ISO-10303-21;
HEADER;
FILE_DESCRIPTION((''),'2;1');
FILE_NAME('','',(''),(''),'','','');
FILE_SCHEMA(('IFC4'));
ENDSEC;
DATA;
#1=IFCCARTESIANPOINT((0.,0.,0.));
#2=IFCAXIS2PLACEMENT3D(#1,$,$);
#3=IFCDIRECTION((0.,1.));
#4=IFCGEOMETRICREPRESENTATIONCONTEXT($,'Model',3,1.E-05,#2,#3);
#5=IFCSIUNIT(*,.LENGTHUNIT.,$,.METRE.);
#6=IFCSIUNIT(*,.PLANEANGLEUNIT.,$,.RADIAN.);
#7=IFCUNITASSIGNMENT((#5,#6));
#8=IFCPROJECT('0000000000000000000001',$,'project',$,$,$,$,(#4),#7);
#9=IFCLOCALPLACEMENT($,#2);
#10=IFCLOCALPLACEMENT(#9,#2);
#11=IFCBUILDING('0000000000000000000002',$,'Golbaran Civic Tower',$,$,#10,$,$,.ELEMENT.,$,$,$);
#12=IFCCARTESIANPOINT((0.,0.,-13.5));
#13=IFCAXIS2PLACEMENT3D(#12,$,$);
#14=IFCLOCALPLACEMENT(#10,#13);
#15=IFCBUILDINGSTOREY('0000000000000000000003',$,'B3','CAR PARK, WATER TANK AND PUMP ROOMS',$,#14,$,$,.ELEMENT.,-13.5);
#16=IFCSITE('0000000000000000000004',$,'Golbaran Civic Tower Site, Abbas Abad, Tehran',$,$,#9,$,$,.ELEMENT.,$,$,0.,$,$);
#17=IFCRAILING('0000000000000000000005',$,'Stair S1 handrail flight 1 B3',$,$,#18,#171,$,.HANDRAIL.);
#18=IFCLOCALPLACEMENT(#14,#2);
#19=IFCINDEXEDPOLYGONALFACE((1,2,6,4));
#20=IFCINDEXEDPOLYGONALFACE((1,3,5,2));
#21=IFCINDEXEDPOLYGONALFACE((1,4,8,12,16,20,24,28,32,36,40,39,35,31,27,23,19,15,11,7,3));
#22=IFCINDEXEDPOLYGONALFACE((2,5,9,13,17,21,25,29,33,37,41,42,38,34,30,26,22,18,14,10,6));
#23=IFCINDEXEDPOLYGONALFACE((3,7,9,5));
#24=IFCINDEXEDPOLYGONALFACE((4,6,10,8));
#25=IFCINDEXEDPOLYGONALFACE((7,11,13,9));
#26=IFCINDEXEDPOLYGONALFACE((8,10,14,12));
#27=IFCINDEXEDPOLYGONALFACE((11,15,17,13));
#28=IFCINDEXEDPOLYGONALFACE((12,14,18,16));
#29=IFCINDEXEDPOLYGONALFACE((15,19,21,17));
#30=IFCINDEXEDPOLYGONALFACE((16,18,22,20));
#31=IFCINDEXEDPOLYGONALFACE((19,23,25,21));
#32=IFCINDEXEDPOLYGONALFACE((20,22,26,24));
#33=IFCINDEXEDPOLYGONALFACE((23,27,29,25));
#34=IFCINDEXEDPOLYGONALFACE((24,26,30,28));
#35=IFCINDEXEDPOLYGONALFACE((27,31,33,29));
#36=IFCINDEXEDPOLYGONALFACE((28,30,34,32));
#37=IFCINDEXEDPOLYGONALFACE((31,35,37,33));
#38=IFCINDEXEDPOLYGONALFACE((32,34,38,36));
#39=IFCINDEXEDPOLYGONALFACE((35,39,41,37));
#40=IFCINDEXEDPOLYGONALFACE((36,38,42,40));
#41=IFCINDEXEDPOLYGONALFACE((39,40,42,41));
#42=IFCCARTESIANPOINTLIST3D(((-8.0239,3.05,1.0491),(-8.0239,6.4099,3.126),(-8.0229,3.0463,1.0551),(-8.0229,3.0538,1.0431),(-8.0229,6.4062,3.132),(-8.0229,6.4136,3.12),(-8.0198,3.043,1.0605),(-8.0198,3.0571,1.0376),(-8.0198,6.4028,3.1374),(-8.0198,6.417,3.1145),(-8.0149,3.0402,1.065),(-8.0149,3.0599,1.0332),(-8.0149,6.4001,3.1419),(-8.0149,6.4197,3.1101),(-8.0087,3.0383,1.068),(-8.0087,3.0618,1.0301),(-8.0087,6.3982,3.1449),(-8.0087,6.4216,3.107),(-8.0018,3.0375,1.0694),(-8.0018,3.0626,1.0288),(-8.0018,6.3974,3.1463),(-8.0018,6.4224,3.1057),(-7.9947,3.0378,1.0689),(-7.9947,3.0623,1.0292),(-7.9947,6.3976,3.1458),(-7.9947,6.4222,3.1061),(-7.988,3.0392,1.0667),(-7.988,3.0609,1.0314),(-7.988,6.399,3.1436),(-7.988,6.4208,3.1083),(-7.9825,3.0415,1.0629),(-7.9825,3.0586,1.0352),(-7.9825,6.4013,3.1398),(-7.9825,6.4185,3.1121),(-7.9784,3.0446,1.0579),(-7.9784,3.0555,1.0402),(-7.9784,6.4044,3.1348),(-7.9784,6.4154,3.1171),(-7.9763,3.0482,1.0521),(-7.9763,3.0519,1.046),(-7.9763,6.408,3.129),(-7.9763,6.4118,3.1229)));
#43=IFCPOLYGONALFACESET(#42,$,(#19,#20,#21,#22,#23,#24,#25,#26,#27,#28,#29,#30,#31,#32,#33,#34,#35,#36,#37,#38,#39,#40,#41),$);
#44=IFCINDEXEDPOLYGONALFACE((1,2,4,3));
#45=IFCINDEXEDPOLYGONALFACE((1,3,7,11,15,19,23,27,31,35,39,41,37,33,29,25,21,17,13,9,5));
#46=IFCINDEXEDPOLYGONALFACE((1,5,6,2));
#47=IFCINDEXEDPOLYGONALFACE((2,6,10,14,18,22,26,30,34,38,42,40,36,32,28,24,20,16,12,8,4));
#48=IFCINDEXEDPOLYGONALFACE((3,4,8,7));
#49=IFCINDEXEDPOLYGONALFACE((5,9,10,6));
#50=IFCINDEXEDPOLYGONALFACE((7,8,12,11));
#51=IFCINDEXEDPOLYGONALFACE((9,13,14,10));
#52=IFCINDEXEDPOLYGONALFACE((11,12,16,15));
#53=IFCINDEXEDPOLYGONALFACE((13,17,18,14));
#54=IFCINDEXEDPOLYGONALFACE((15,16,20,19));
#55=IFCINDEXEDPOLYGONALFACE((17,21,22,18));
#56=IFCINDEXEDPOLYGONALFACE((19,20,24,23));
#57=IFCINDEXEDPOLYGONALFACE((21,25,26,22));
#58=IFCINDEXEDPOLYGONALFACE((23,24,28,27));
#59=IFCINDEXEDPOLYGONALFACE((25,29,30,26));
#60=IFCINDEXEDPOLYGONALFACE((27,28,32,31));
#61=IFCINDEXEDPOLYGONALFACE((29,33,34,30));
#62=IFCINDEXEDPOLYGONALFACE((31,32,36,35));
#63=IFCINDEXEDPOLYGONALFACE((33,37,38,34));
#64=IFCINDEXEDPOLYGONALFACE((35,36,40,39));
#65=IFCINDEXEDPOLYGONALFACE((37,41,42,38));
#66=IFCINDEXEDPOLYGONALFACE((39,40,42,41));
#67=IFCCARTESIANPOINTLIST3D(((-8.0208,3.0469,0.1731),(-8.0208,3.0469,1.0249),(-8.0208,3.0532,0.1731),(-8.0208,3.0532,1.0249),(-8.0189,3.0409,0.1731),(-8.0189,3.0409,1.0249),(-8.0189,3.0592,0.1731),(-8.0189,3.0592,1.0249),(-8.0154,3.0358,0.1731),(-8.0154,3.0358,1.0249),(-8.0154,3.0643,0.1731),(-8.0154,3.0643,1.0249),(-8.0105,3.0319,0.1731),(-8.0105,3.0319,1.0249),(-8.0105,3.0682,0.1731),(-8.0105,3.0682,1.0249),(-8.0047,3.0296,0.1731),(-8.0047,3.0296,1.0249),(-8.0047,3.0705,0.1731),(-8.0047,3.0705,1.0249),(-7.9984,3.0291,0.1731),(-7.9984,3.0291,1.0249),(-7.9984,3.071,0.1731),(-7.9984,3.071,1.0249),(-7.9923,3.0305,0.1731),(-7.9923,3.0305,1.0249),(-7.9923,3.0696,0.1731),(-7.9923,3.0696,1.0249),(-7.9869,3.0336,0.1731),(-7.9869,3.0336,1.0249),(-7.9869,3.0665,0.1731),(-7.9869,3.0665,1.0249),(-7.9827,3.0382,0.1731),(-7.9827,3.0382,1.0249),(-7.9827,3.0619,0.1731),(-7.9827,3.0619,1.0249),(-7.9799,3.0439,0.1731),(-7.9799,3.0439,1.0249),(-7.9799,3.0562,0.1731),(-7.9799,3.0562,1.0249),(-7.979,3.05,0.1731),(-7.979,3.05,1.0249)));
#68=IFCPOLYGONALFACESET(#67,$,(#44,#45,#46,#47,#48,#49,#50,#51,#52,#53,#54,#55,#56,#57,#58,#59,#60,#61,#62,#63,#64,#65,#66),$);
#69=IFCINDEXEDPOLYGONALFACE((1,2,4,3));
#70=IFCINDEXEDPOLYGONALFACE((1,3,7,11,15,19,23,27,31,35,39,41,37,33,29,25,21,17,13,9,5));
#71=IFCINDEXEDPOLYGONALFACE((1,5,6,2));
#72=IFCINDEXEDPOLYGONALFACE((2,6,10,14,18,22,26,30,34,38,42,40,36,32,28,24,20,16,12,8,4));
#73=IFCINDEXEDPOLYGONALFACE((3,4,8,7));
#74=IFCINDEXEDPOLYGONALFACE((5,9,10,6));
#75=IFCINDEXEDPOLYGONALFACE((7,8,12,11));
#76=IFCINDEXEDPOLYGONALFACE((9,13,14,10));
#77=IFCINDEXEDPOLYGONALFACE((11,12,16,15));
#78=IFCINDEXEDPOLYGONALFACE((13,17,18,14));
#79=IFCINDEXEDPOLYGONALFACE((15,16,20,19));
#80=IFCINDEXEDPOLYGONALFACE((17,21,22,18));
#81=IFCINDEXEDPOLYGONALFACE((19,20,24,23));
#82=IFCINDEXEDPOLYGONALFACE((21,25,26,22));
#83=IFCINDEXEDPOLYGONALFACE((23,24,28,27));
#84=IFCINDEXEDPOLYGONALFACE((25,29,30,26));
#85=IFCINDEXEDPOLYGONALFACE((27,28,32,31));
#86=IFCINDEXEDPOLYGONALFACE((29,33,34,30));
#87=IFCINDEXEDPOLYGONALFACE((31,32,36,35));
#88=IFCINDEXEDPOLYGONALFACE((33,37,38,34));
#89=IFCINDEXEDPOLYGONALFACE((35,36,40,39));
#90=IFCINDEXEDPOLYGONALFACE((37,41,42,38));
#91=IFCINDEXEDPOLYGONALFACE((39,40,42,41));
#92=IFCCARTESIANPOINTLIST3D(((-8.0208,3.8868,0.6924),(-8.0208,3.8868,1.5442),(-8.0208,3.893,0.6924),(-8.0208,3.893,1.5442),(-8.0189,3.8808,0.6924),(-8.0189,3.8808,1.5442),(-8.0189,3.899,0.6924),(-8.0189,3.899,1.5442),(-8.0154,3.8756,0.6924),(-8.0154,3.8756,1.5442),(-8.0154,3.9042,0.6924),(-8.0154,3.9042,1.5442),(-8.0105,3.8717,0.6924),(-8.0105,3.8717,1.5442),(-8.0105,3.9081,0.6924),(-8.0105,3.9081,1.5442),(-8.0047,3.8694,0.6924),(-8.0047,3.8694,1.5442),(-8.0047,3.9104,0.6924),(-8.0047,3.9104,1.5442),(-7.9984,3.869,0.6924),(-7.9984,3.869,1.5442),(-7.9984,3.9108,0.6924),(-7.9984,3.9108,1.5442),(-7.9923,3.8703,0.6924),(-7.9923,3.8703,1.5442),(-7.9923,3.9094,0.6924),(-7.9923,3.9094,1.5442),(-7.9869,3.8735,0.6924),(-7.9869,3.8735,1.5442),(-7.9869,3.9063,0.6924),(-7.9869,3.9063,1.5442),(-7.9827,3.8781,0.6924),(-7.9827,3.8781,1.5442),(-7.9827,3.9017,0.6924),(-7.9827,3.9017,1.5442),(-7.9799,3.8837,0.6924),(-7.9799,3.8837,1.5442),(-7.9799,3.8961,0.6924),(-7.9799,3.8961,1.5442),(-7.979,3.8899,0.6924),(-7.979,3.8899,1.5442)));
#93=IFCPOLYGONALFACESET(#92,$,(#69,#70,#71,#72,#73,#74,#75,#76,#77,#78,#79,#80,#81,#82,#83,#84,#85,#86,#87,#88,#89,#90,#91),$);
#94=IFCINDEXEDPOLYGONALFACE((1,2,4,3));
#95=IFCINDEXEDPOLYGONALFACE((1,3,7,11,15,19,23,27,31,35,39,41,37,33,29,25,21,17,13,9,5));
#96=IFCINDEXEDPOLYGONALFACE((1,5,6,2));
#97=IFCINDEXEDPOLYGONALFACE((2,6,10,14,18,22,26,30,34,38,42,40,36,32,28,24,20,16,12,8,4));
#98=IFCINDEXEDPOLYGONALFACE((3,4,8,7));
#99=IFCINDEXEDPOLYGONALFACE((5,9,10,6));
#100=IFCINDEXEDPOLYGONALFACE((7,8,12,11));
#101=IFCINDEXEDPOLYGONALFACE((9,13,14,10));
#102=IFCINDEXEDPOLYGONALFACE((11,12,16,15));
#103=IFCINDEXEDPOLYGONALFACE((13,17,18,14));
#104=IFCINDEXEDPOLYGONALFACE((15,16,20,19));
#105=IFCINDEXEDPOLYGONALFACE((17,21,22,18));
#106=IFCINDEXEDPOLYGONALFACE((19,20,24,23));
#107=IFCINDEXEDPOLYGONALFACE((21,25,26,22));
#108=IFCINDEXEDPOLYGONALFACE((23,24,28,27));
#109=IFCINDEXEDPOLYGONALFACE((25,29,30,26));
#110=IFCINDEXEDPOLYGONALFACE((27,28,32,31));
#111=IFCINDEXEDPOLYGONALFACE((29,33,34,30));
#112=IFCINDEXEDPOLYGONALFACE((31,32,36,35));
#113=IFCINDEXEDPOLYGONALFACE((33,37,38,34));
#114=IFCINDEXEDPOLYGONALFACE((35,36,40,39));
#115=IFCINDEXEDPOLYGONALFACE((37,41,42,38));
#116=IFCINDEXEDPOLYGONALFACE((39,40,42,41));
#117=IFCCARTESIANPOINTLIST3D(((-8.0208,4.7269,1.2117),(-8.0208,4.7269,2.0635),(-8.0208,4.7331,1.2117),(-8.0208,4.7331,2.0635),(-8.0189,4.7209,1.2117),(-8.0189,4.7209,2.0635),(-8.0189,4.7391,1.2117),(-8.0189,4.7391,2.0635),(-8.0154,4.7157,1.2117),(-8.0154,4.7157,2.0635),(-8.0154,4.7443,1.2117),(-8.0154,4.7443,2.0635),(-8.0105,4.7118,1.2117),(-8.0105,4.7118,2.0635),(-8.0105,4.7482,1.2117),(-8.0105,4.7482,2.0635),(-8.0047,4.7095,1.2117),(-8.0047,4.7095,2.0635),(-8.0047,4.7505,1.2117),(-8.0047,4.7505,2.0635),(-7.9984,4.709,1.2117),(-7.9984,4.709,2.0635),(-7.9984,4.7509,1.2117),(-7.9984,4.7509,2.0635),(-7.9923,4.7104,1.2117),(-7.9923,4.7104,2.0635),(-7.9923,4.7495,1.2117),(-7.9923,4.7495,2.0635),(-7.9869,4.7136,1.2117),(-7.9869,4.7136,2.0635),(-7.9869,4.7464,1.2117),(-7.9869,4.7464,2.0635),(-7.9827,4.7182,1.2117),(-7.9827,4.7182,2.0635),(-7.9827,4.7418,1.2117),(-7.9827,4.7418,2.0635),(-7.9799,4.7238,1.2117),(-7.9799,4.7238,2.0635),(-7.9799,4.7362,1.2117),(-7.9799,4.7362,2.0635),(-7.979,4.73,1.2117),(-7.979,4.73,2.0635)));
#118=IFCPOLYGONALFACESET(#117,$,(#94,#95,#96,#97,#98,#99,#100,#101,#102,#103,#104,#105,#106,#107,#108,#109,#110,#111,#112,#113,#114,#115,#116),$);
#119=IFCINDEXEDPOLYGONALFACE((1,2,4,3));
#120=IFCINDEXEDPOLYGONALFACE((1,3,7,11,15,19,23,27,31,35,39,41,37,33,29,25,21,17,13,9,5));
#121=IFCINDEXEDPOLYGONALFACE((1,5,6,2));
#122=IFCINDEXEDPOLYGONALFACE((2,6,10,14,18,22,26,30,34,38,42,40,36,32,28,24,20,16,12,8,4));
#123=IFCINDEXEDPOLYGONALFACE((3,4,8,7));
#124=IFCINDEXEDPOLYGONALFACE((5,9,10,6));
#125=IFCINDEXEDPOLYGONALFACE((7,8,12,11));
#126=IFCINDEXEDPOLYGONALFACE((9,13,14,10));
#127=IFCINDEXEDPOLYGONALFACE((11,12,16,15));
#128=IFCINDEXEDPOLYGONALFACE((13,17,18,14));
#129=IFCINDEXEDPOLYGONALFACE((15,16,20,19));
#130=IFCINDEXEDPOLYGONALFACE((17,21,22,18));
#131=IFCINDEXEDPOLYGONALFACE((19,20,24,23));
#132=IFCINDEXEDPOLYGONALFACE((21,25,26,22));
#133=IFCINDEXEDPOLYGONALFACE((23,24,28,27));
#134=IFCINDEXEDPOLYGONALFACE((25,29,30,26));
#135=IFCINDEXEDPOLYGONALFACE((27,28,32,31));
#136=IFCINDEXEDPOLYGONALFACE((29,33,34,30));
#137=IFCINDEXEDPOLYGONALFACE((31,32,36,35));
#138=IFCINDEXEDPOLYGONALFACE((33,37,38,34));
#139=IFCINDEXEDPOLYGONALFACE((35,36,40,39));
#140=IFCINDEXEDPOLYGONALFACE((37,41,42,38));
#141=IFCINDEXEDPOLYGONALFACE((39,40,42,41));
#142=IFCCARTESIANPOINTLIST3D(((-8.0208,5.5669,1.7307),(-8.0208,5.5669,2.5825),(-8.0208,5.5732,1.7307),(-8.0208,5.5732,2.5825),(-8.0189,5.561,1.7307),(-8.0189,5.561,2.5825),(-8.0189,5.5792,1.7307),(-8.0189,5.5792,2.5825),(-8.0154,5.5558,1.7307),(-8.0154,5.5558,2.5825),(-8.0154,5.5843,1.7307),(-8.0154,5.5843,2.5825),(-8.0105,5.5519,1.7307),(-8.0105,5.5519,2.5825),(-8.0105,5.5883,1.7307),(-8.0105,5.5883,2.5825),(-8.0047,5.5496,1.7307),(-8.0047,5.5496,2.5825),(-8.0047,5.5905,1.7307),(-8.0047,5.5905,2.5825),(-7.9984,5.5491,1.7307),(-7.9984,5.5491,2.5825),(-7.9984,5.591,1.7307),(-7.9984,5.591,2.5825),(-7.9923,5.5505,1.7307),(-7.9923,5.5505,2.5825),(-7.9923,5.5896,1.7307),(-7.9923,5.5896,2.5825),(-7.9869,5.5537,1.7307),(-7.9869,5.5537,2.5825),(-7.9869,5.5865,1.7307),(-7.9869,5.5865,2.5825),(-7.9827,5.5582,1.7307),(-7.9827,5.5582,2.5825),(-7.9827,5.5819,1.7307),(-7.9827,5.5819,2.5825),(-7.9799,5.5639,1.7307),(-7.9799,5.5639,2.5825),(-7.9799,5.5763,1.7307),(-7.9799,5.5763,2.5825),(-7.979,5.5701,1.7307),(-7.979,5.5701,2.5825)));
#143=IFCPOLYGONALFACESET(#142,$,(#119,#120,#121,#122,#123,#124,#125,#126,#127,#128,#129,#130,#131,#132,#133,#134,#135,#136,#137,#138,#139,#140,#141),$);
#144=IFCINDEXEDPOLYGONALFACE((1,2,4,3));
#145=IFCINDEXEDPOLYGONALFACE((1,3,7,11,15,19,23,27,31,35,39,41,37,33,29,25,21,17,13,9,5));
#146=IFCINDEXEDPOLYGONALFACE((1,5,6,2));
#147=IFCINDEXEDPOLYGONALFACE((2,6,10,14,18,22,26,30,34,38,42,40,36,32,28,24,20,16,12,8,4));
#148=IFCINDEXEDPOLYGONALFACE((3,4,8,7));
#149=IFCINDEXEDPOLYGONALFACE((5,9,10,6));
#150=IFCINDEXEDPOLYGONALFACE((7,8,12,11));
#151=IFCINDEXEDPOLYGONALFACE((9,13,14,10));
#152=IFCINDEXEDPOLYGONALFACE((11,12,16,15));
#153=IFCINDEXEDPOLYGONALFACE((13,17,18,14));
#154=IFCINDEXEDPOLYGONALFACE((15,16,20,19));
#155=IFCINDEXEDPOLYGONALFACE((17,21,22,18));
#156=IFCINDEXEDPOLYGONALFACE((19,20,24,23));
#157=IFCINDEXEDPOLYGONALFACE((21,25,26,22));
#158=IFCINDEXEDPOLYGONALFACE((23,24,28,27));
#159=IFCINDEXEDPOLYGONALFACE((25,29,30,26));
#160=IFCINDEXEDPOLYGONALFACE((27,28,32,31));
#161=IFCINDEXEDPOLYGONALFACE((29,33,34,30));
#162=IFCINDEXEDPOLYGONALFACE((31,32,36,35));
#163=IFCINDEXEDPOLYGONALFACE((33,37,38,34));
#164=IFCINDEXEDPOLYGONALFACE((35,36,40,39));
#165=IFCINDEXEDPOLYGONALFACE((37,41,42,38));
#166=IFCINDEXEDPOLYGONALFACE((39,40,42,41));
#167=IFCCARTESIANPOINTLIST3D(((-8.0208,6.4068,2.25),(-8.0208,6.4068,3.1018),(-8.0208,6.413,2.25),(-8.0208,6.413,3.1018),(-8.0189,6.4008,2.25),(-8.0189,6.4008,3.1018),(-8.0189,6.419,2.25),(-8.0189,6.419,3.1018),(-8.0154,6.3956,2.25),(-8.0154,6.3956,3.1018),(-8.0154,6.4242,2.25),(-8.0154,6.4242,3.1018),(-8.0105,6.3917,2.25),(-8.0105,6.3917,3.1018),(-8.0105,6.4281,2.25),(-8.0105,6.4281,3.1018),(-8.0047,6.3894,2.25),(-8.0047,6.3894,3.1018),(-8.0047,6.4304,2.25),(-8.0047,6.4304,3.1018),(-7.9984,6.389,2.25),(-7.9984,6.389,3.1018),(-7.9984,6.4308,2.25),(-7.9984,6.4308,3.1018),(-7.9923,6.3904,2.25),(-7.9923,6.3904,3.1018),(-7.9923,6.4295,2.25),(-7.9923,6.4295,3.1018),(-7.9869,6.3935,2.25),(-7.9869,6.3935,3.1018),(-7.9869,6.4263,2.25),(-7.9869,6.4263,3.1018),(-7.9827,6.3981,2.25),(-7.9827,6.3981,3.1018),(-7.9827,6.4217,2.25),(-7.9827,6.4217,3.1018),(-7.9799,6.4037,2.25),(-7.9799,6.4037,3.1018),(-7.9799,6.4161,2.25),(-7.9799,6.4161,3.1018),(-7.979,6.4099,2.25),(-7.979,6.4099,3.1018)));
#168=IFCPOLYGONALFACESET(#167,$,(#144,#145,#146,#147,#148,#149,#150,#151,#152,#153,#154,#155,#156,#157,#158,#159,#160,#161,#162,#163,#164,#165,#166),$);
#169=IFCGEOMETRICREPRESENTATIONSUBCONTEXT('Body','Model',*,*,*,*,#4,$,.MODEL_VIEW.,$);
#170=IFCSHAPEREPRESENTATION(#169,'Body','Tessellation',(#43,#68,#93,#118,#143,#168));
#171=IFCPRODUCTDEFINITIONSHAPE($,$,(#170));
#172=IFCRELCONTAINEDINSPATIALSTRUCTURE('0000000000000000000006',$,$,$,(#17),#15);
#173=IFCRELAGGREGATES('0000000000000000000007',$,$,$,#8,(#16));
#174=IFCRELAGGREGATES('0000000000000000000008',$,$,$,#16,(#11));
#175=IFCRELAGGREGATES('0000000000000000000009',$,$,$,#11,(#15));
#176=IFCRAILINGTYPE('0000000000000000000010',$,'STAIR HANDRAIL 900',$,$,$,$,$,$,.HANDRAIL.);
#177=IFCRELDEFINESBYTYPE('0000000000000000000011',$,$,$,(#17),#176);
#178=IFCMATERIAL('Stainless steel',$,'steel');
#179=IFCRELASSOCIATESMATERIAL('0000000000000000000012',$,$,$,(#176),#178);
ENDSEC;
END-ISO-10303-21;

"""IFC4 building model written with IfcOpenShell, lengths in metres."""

from ifc_helpers import new_model, si_unit, direction, frame, origin, origin_2d, place, context, subcontext, project, spatial, circle, extrude, material, type_object, element, save


model = new_model("IFC4")

# Units and contexts
model_context = context("Model", 3, precision=1e-05, world=origin(), true_north=direction((0.0, 1.0)))
body_context = subcontext(model_context, "Body", "Model", "MODEL_VIEW")
ifc_project = project(units=[si_unit("LENGTHUNIT", "METRE"), si_unit("PLANEANGLEUNIT", "RADIAN")], contexts=[model_context])

# Site, building, storey
site_placement = place(None, origin())
site = spatial("IfcSite", under=ifc_project, at=site_placement, Name="Golbaran Civic Tower Site, Abbas Abad, Tehran", CompositionType="ELEMENT", RefElevation=0.0)
building_placement = place(site_placement, origin())
building = spatial("IfcBuilding", under=site, at=building_placement, Name="Golbaran Civic Tower", CompositionType="ELEMENT")
storey_placement = place(building_placement, frame((0.0, 0.0, -13.5)))
storey = spatial("IfcBuildingStorey", under=building, at=storey_placement, Name="B3", Description="CAR PARK, WATER TANK AND PUMP ROOMS", CompositionType="ELEMENT", Elevation=-13.5)

# Railing
ifc_material_1 = material(Name="Stainless steel", Category="steel")
railing_type = type_object("IfcRailingType", Name="STAIR HANDRAIL 900", PredefinedType="HANDRAIL", material=ifc_material_1)
railing_1_placement = place(storey_placement, frame((-8.0, 3.05, 0.1731)))
element("IfcRailing", 1, at=railing_1_placement, inside=storey, type_object=railing_type, Name="Stair S1 handrail flight 1 B3", PredefinedType="HANDRAIL", context=body_context, shape_type="SweptSolid", body=[
    extrude(circle(Radius=0.0239, at=origin_2d()), frame((0.0, 0.0, 0.876), z_axis=(0.0, 0.850606, 0.525803), x_axis=(-1.0, 0.0, 0.0)), (0.0, 0.0, 1.0), 3.95),
    extrude(circle(Radius=0.021, at=origin_2d()), origin(), (0.0, 0.0, 1.0), 0.8518),
    extrude(circle(Radius=0.021, at=origin_2d()), frame((0.0, 0.8398, 0.5193)), (0.0, 0.0, 1.0), 0.8518),
    extrude(circle(Radius=0.021, at=origin_2d()), frame((0.0, 1.6799, 1.0386)), (0.0, 0.0, 1.0), 0.8518),
    extrude(circle(Radius=0.021, at=origin_2d()), frame((0.0, 2.52, 1.5576)), (0.0, 0.0, 1.0), 0.8518),
    extrude(circle(Radius=0.021, at=origin_2d()), frame((0.0, 3.3599, 2.0769)), (0.0, 0.0, 1.0), 0.8518),
])

save(model, "model.ifc")
